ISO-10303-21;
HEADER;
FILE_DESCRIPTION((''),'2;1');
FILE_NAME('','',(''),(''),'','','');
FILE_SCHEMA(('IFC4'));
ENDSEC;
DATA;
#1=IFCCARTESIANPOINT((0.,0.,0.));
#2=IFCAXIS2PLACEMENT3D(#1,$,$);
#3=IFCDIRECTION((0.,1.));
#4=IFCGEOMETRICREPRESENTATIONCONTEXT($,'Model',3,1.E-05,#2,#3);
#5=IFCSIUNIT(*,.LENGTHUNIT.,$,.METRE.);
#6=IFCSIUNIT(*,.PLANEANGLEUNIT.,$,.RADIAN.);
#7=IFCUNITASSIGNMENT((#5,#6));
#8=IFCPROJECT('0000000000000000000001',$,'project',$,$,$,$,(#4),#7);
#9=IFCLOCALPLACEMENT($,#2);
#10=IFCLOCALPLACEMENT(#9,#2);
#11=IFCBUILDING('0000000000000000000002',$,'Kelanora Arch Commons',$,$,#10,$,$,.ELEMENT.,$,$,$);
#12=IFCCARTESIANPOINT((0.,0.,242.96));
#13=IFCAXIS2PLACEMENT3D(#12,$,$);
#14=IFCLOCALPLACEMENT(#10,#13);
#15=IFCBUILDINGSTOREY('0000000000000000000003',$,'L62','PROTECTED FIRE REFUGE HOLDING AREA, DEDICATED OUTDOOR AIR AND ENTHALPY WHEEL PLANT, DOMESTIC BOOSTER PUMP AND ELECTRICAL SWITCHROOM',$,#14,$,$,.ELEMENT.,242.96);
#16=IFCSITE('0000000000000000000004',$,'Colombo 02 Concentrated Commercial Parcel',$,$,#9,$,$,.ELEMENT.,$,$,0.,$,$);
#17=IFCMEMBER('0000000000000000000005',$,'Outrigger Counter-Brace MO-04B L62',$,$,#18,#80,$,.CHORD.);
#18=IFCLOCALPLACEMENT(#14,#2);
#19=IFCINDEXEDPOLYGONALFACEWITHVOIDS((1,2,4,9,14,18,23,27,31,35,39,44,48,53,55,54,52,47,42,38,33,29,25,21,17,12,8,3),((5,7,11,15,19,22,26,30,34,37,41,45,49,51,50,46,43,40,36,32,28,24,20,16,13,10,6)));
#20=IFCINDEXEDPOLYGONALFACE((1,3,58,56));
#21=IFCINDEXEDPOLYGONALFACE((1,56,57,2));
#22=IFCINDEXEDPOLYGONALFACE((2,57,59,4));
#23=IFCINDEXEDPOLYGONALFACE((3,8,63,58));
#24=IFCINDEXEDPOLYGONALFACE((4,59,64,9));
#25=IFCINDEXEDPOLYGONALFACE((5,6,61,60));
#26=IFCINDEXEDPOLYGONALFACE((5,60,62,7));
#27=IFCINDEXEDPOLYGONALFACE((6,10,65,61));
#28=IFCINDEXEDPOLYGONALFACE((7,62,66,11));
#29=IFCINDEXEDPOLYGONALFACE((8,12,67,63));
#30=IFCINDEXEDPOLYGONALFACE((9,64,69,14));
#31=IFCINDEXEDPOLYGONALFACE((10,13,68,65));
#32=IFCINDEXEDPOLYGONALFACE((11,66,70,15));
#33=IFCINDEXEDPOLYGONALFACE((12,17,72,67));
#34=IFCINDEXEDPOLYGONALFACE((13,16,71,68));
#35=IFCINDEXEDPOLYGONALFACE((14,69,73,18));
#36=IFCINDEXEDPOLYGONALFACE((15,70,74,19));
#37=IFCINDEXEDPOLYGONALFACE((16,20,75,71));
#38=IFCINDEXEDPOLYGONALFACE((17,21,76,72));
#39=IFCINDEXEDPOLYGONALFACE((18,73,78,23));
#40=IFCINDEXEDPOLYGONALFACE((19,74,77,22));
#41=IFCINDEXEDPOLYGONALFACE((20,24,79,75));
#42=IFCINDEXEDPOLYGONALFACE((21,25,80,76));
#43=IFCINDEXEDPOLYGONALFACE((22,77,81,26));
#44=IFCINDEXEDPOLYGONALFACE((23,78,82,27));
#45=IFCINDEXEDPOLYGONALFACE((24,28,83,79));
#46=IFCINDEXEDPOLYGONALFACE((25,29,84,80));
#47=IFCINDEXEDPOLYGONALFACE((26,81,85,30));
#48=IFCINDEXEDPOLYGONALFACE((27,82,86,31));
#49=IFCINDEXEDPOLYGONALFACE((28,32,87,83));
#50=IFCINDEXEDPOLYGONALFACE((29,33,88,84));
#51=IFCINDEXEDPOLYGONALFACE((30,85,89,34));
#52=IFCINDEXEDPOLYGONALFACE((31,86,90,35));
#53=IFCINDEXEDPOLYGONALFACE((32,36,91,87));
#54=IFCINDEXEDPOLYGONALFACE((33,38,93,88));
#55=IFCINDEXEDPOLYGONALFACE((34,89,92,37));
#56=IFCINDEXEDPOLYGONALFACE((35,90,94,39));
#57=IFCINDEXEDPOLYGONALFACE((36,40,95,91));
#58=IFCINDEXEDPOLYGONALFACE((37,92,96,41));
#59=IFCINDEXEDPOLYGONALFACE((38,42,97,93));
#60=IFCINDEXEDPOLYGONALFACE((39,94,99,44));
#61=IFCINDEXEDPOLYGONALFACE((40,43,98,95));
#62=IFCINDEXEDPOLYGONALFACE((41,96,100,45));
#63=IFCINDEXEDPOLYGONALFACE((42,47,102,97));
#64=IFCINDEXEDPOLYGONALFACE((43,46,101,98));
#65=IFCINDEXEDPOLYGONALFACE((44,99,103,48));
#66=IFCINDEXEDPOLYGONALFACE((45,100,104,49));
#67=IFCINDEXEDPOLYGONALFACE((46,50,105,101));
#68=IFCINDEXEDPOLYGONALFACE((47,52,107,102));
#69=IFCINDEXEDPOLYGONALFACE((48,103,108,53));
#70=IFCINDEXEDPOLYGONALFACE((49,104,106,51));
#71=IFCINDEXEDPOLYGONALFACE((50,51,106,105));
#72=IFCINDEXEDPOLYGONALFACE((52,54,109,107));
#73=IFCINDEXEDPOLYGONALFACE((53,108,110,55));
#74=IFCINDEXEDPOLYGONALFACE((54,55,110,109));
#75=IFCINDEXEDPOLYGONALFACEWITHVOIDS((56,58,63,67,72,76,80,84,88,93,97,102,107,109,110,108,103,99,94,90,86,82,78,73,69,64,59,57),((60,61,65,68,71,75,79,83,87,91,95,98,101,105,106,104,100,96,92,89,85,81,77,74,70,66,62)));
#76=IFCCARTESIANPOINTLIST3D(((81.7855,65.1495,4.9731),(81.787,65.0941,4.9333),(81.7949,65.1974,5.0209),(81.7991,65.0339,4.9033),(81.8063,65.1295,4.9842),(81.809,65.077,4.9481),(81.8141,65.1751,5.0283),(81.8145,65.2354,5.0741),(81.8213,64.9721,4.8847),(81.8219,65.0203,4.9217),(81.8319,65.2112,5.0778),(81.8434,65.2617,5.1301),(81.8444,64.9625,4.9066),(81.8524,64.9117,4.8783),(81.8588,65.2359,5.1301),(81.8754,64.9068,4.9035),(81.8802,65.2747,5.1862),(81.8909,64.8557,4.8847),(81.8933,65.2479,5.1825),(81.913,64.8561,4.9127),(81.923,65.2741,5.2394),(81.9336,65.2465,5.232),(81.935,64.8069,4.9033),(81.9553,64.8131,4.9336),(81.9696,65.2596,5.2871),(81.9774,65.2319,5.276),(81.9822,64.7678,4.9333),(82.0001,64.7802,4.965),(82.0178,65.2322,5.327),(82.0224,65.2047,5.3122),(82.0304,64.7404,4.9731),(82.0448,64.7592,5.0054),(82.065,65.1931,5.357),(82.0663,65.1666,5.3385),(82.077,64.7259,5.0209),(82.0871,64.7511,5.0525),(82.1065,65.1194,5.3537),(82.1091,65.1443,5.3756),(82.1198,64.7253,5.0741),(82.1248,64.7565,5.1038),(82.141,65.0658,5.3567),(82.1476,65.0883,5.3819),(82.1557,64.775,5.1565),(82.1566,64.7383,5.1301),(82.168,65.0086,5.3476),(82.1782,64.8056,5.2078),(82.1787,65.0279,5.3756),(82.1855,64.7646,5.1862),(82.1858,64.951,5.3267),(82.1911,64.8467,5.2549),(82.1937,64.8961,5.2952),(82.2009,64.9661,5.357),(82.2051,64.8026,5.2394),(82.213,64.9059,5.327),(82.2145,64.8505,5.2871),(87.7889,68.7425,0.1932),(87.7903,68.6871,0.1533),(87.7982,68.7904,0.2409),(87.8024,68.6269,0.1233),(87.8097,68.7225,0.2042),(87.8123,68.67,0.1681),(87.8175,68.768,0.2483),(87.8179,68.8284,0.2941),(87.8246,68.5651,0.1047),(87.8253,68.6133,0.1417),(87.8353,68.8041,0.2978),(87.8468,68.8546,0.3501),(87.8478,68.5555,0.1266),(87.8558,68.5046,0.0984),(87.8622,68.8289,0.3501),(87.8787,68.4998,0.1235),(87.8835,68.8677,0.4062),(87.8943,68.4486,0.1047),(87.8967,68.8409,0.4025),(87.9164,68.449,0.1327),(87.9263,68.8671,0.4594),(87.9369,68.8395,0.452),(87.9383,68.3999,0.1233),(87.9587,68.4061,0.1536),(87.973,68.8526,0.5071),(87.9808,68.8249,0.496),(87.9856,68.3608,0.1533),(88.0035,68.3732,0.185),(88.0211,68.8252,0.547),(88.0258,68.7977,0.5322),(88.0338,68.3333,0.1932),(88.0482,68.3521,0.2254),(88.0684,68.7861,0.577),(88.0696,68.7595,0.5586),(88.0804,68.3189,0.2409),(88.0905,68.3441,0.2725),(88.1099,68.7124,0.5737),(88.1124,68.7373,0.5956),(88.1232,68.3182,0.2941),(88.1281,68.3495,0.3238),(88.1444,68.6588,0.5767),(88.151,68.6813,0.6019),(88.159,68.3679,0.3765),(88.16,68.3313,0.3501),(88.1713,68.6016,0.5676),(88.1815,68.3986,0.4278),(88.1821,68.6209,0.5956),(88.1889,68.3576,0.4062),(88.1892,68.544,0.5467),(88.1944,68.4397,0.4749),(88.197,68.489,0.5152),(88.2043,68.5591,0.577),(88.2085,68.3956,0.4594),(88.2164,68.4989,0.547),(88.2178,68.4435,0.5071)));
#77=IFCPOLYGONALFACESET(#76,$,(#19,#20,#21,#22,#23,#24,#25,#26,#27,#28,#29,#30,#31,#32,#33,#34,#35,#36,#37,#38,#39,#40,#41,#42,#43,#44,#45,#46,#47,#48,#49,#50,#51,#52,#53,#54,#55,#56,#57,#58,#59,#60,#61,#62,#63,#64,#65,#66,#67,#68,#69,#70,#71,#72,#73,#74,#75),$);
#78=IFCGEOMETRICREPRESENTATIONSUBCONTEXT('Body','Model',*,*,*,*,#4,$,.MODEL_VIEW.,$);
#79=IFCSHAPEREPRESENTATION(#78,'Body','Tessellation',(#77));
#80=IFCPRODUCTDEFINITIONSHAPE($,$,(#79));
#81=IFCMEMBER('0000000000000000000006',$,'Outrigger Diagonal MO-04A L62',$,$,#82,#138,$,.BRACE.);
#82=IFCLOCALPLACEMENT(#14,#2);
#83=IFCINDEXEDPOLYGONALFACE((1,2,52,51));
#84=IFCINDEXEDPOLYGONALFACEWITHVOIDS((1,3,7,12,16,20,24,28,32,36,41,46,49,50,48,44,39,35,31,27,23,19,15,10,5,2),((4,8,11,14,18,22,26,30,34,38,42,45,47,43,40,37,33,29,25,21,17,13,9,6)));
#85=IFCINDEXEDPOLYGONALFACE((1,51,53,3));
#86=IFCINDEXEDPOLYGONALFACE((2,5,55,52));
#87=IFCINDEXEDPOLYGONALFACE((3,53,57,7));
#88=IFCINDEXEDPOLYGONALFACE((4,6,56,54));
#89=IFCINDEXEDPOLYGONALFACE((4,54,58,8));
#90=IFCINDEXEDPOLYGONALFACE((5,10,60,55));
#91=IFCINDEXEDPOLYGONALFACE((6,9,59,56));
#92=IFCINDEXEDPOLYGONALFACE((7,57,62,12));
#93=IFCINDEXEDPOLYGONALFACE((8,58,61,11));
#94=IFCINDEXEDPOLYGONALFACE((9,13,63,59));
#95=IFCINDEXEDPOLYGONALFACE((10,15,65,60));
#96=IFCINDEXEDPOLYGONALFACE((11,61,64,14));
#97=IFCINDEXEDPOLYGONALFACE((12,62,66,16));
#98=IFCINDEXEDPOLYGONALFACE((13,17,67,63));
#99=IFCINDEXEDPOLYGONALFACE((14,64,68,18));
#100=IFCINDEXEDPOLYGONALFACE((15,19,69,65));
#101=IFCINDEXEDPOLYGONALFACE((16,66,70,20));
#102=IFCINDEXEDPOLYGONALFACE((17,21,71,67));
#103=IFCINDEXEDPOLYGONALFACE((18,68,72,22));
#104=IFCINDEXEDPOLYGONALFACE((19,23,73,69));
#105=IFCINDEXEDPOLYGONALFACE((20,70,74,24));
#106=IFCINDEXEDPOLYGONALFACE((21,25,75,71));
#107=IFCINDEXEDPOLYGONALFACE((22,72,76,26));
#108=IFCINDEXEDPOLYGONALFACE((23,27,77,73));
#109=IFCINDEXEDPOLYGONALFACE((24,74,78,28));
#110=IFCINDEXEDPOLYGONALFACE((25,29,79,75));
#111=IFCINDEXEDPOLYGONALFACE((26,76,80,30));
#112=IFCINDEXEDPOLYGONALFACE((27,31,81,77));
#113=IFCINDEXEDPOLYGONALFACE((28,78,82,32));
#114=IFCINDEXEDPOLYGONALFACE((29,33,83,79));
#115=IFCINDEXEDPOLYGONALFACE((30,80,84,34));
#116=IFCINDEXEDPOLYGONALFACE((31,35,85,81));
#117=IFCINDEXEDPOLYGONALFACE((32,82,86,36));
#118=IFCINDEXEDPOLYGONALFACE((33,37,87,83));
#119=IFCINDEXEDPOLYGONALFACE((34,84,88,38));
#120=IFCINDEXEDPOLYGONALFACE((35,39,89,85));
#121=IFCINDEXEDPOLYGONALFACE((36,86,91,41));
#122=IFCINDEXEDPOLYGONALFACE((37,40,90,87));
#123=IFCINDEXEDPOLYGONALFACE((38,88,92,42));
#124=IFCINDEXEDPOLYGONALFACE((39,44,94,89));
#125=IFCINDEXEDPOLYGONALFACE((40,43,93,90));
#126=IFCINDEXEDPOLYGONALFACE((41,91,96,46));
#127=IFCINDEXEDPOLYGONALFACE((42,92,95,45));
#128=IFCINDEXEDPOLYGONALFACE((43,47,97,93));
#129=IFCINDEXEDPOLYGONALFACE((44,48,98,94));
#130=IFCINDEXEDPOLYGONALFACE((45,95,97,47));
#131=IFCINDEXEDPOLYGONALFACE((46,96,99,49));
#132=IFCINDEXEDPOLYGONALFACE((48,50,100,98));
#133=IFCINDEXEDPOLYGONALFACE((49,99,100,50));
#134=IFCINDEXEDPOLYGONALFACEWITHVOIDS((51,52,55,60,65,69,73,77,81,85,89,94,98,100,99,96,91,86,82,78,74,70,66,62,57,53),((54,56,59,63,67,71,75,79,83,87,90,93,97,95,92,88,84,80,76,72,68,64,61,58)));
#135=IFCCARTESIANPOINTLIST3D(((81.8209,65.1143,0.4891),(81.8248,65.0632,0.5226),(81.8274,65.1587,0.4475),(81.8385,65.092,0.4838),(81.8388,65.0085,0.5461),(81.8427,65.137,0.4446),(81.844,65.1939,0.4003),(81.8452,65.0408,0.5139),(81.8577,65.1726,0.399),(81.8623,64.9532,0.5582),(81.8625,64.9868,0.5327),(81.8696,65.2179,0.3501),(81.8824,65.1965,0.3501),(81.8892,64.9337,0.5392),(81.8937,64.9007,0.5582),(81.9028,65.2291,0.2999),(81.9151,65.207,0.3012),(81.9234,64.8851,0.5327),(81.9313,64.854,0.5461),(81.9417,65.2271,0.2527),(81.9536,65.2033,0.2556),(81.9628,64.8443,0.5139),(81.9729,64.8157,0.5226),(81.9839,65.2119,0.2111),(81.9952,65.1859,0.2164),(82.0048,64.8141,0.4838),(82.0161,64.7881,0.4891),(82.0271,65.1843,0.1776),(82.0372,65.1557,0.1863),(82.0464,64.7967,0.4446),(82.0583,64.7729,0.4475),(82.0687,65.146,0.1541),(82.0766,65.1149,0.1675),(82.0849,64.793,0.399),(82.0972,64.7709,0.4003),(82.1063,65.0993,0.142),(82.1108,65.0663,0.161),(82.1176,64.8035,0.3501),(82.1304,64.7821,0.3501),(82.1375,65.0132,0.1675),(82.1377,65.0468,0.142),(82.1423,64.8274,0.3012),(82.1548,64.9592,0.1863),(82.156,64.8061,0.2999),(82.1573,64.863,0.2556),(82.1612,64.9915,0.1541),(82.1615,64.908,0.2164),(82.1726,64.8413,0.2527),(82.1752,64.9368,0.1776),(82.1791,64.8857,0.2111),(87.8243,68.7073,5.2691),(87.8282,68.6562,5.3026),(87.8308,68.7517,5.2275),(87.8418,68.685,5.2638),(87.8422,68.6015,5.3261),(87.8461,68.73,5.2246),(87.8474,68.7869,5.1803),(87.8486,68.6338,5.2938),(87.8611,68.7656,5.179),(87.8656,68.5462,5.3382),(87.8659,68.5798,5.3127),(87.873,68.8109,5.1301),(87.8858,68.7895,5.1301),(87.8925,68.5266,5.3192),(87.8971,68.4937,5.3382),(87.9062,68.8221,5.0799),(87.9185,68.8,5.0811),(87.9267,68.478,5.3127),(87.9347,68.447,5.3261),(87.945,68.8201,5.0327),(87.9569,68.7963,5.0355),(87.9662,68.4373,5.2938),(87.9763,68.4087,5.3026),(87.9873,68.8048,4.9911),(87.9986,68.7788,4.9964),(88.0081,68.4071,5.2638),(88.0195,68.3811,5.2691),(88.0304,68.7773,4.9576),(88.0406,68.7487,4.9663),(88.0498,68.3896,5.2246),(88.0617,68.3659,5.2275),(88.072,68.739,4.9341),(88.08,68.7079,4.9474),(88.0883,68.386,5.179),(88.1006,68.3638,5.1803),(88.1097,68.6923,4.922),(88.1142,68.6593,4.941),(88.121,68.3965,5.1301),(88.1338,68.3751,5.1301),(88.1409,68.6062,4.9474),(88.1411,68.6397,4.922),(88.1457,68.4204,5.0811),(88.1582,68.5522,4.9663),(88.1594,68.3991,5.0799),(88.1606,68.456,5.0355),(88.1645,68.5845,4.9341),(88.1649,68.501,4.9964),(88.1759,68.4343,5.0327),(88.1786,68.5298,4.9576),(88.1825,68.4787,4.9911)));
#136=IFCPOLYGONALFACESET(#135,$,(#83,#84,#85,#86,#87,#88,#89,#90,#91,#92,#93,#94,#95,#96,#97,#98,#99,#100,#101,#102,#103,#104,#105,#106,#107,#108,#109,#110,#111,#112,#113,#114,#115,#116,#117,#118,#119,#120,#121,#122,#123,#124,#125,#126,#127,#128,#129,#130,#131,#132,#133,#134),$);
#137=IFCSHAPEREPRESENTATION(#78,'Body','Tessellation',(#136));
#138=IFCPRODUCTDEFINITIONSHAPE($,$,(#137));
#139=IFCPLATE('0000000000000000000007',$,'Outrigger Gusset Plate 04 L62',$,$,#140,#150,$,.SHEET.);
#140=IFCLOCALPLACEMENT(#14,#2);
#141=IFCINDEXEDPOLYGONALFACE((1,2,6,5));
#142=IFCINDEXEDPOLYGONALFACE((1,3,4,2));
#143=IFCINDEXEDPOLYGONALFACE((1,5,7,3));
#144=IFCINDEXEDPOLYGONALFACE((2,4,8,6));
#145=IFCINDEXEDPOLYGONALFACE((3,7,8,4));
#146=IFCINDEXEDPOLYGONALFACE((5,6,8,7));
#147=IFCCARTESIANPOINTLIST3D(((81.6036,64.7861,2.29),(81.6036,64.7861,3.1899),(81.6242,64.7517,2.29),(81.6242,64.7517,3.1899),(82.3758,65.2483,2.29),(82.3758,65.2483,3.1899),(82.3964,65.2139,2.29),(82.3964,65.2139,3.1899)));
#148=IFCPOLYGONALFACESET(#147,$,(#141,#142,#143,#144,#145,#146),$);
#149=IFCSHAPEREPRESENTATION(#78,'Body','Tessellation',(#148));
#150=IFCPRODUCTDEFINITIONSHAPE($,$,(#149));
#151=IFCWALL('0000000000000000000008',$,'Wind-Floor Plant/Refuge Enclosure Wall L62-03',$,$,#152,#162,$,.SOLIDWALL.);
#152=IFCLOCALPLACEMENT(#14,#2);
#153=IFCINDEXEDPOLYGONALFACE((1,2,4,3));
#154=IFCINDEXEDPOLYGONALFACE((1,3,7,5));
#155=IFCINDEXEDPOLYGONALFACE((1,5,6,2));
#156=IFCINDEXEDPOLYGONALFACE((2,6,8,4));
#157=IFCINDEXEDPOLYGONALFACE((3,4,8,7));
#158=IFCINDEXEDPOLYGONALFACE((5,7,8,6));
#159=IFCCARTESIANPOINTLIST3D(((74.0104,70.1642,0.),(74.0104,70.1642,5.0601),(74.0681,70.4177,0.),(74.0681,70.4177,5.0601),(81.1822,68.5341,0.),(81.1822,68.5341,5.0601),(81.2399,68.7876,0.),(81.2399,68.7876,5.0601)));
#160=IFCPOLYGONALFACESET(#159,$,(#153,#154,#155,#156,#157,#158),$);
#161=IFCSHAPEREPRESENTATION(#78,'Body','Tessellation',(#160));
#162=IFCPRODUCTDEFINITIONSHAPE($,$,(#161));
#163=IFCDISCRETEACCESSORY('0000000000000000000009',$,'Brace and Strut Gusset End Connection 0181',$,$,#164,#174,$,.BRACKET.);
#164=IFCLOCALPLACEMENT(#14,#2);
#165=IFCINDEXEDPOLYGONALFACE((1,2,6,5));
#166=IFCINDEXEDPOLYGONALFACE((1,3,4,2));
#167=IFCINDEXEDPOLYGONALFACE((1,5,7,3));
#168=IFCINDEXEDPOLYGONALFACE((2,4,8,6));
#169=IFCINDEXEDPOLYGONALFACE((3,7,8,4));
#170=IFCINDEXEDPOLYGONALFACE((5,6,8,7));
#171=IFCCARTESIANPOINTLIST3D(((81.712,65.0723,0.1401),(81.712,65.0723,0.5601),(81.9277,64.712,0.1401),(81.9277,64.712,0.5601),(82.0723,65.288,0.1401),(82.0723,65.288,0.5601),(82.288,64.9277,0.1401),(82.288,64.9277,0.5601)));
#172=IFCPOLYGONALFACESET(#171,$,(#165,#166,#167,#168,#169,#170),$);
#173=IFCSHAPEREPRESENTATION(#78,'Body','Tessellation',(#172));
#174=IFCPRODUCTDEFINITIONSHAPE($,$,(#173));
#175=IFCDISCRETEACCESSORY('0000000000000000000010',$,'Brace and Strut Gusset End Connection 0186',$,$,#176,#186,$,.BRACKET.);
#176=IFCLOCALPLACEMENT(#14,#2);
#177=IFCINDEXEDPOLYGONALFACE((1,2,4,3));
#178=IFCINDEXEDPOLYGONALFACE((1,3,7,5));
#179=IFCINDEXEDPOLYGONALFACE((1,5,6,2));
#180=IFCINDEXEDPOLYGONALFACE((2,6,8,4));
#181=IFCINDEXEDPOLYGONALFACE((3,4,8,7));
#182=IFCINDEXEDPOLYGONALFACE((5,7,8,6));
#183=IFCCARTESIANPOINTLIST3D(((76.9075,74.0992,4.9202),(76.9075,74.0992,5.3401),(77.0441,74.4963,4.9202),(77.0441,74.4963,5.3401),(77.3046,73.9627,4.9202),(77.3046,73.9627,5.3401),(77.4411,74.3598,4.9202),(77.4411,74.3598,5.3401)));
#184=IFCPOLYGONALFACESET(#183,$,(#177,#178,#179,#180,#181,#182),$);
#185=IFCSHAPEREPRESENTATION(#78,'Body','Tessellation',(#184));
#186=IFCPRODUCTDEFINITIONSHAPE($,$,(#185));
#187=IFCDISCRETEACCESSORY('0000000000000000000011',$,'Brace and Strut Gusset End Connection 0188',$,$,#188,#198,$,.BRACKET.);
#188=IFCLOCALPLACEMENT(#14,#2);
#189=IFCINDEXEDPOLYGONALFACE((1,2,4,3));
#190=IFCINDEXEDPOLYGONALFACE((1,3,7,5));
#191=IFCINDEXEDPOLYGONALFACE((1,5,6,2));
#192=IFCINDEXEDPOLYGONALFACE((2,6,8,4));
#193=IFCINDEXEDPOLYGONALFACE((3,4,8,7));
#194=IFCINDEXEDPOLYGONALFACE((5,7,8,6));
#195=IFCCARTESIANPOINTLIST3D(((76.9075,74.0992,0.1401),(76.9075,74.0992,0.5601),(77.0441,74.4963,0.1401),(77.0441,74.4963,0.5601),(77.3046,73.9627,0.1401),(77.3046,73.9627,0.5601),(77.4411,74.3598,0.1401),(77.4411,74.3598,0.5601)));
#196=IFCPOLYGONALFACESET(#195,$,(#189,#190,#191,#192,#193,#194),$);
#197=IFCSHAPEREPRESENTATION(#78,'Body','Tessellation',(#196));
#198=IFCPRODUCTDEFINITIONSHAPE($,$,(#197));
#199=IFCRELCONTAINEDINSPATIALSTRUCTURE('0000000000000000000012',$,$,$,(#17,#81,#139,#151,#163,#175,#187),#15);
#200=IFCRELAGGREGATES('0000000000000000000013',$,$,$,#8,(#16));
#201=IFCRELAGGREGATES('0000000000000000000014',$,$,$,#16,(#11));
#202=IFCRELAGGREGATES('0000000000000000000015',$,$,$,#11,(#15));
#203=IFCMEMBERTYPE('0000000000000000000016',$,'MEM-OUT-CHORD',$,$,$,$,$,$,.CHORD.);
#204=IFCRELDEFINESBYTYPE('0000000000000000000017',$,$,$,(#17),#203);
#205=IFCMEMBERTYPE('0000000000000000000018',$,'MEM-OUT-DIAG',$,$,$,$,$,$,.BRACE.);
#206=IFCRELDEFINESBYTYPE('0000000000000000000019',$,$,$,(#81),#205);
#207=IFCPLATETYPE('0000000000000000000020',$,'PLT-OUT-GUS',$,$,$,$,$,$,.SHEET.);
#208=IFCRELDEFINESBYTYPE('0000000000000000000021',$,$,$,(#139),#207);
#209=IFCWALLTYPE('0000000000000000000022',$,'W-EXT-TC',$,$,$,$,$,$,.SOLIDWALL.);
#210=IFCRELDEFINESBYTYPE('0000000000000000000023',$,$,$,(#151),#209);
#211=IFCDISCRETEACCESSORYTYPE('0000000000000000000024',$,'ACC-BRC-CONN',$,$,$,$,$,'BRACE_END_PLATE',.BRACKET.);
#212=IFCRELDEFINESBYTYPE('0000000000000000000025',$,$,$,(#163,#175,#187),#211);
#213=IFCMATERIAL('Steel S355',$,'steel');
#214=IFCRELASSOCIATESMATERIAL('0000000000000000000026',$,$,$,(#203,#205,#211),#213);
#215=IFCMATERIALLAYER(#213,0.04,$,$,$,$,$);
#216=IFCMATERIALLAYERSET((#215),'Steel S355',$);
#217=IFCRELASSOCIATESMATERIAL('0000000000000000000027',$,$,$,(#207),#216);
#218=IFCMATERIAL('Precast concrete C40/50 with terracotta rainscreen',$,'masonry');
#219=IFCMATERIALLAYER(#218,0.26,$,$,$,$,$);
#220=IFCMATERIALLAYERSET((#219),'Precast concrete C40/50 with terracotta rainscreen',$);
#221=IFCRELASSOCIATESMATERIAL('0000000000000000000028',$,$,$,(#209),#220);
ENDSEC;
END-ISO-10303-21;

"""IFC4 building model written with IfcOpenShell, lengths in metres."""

from ifc_helpers import new_model, si_unit, direction, frame, frame_2d, origin, origin_2d, place, context, subcontext, project, spatial, rectangle, hollow_circle, extrude, source, transform, mapped, material, layer, layer_set, material_profile, profile_set, type_object, element, save


model = new_model("IFC4")

# Units and contexts
model_context = context("Model", 3, precision=1e-05, world=origin(), true_north=direction((0.0, 1.0)))
body_context = subcontext(model_context, "Body", "Model", "MODEL_VIEW")
ifc_project = project(units=[si_unit("LENGTHUNIT", "METRE"), si_unit("PLANEANGLEUNIT", "RADIAN")], contexts=[model_context])

# Site, building, storey
site_placement = place(None, origin())
site = spatial("IfcSite", under=ifc_project, at=site_placement, Name="Colombo 02 Concentrated Commercial Parcel", CompositionType="ELEMENT", RefElevation=0.0)
building_placement = place(site_placement, origin())
building = spatial("IfcBuilding", under=site, at=building_placement, Name="Kelanora Arch Commons", CompositionType="ELEMENT")
storey_placement = place(building_placement, frame((0.0, 0.0, 242.96)))
storey = spatial("IfcBuildingStorey", under=building, at=storey_placement, Name="L62", Description="PROTECTED FIRE REFUGE HOLDING AREA, DEDICATED OUTDOOR AIR AND ENTHALPY WHEEL PLANT, DOMESTIC BOOSTER PUMP AND ELECTRICAL SWITCHROOM", CompositionType="ELEMENT", Elevation=242.96)

# Shared definitions
ifc_material_1 = material(Name="Steel S355", Category="steel")

# Members
ifc_material_profile_1 = material_profile(ifc_material_1, hollow_circle(Radius=0.3049, WallThickness=0.03, at=origin_2d()), Name="CHS610x30")
ifc_profile_set_1 = profile_set([ifc_material_profile_1], Name="Steel S355")
member_type_1 = type_object("IfcMemberType", Name="MEM-OUT-CHORD", PredefinedType="CHORD", material=ifc_profile_set_1)
member_1_placement = place(storey_placement, frame((82.0, 65.0, 5.1301), z_axis=(0.708497, 0.424032, -0.564118), x_axis=(-0.513546, 0.858062, 0.0)))
element("IfcMember", 1, at=member_1_placement, inside=storey, type_object=member_type_1, Name="Outrigger Counter-Brace MO-04B L62", PredefinedType="CHORD", context=body_context, shape_type="SweptSolid", body=[
    extrude(hollow_circle(Radius=0.3049, WallThickness=0.03, at=origin_2d()), origin(), (0.0, 0.0, 1.0), 8.4734),
])
ifc_material_profile_2 = material_profile(ifc_material_1, hollow_circle(Radius=0.2539, WallThickness=0.0249, at=origin_2d()), Name="CHS508x25")
ifc_profile_set_2 = profile_set([ifc_material_profile_2], Name="Steel S355")
member_type_2 = type_object("IfcMemberType", Name="MEM-OUT-DIAG", PredefinedType="BRACE", material=ifc_profile_set_2)
member_2_placement = place(storey_placement, frame((82.0, 65.0, 0.3501), z_axis=(0.708497, 0.424032, 0.564118), x_axis=(-0.513546, 0.858062, 0.0)))
element("IfcMember", 2, at=member_2_placement, inside=storey, type_object=member_type_2, Name="Outrigger Diagonal MO-04A L62", PredefinedType="BRACE", context=body_context, shape_type="SweptSolid", body=[
    extrude(hollow_circle(Radius=0.2539, WallThickness=0.0249, at=origin_2d()), origin(), (0.0, 0.0, 1.0), 8.4734),
])

# Plate
ifc_layer_1 = layer(ifc_material_1, 0.04)
ifc_layer_set_1 = layer_set([ifc_layer_1], Name="Steel S355")
plate_type = type_object("IfcPlateType", Name="PLT-OUT-GUS", PredefinedType="SHEET", material=ifc_layer_set_1)
shared_shape_1 = source(origin(), body_context, "Body", "SweptSolid", [
    extrude(rectangle(XDim=0.8999, YDim=0.04, at=origin_2d()), origin(), (0.0, 0.0, 1.0), 0.8999),
])
plate_placement = place(storey_placement, frame((82.0, 65.0, 2.29), z_axis=(0.0, 0.0, 1.0), x_axis=(0.858052, 0.513562, 0.0)))
element("IfcPlate", 3, at=plate_placement, inside=storey, type_object=plate_type, Name="Outrigger Gusset Plate 04 L62", PredefinedType="SHEET", context=body_context, shape_type="MappedRepresentation", body=[
    mapped(shared_shape_1, transform((0.0, 0.0, 0.0), scale=1.0)),
])

# Wall
ifc_material_2 = material(Name="Precast concrete C40/50 with terracotta rainscreen", Category="masonry")
ifc_layer_2 = layer(ifc_material_2, 0.26)
ifc_layer_set_2 = layer_set([ifc_layer_2], Name="Precast concrete C40/50 with terracotta rainscreen")
wall_type = type_object("IfcWallType", Name="W-EXT-TC", PredefinedType="SOLIDWALL", material=ifc_layer_set_2)
wall_placement = place(storey_placement, frame((81.2109, 68.6609, 0.0), z_axis=(0.0, 0.0, 1.0), x_axis=(-0.975128, 0.221641, 0.0)))
element("IfcWall", 4, at=wall_placement, inside=storey, type_object=wall_type, Name="Wind-Floor Plant/Refuge Enclosure Wall L62-03", PredefinedType="SOLIDWALL", context=body_context, shape_type="SweptSolid", body=[
    extrude(rectangle(XDim=7.3547, YDim=0.26, at=frame_2d((3.6772, 0.0))), origin(), (0.0, 0.0, 1.0), 5.0601),
])

# Discrete accessories
discrete_accessory_type = type_object("IfcDiscreteAccessoryType", Name="ACC-BRC-CONN", ElementType="BRACE_END_PLATE", PredefinedType="BRACKET", material=ifc_material_1)
shared_shape_2 = source(origin(), body_context, "Body", "SweptSolid", [
    extrude(rectangle(XDim=0.4199, YDim=0.4199, at=origin_2d()), origin(), (0.0, 0.0, 1.0), 0.4199),
])
for number, where, z_axis, x_axis, name in (
    (5, (82.0, 65.0, 0.1401), (0.0, 0.0, 1.0), (0.858065, 0.513541, 0.0), "Brace and Strut Gusset End Connection 0181"),
    (6, (77.1743, 74.2295, 4.9202), (0.0, 0.0, 1.0), (0.325238, 0.945632, 0.0), "Brace and Strut Gusset End Connection 0186"),
    (7, (77.1743, 74.2295, 0.1401), (0.0, 0.0, 1.0), (0.325238, 0.945632, 0.0), "Brace and Strut Gusset End Connection 0188"),
):
    element("IfcDiscreteAccessory", number, at=place(storey_placement, frame(where, z_axis=z_axis, x_axis=x_axis)), inside=storey, type_object=discrete_accessory_type, Name=name, PredefinedType="BRACKET", context=body_context, shape_type="MappedRepresentation", body=[
        mapped(shared_shape_2, transform((0.0, 0.0, 0.0), scale=1.0)),
    ])

save(model, "model.ifc")
